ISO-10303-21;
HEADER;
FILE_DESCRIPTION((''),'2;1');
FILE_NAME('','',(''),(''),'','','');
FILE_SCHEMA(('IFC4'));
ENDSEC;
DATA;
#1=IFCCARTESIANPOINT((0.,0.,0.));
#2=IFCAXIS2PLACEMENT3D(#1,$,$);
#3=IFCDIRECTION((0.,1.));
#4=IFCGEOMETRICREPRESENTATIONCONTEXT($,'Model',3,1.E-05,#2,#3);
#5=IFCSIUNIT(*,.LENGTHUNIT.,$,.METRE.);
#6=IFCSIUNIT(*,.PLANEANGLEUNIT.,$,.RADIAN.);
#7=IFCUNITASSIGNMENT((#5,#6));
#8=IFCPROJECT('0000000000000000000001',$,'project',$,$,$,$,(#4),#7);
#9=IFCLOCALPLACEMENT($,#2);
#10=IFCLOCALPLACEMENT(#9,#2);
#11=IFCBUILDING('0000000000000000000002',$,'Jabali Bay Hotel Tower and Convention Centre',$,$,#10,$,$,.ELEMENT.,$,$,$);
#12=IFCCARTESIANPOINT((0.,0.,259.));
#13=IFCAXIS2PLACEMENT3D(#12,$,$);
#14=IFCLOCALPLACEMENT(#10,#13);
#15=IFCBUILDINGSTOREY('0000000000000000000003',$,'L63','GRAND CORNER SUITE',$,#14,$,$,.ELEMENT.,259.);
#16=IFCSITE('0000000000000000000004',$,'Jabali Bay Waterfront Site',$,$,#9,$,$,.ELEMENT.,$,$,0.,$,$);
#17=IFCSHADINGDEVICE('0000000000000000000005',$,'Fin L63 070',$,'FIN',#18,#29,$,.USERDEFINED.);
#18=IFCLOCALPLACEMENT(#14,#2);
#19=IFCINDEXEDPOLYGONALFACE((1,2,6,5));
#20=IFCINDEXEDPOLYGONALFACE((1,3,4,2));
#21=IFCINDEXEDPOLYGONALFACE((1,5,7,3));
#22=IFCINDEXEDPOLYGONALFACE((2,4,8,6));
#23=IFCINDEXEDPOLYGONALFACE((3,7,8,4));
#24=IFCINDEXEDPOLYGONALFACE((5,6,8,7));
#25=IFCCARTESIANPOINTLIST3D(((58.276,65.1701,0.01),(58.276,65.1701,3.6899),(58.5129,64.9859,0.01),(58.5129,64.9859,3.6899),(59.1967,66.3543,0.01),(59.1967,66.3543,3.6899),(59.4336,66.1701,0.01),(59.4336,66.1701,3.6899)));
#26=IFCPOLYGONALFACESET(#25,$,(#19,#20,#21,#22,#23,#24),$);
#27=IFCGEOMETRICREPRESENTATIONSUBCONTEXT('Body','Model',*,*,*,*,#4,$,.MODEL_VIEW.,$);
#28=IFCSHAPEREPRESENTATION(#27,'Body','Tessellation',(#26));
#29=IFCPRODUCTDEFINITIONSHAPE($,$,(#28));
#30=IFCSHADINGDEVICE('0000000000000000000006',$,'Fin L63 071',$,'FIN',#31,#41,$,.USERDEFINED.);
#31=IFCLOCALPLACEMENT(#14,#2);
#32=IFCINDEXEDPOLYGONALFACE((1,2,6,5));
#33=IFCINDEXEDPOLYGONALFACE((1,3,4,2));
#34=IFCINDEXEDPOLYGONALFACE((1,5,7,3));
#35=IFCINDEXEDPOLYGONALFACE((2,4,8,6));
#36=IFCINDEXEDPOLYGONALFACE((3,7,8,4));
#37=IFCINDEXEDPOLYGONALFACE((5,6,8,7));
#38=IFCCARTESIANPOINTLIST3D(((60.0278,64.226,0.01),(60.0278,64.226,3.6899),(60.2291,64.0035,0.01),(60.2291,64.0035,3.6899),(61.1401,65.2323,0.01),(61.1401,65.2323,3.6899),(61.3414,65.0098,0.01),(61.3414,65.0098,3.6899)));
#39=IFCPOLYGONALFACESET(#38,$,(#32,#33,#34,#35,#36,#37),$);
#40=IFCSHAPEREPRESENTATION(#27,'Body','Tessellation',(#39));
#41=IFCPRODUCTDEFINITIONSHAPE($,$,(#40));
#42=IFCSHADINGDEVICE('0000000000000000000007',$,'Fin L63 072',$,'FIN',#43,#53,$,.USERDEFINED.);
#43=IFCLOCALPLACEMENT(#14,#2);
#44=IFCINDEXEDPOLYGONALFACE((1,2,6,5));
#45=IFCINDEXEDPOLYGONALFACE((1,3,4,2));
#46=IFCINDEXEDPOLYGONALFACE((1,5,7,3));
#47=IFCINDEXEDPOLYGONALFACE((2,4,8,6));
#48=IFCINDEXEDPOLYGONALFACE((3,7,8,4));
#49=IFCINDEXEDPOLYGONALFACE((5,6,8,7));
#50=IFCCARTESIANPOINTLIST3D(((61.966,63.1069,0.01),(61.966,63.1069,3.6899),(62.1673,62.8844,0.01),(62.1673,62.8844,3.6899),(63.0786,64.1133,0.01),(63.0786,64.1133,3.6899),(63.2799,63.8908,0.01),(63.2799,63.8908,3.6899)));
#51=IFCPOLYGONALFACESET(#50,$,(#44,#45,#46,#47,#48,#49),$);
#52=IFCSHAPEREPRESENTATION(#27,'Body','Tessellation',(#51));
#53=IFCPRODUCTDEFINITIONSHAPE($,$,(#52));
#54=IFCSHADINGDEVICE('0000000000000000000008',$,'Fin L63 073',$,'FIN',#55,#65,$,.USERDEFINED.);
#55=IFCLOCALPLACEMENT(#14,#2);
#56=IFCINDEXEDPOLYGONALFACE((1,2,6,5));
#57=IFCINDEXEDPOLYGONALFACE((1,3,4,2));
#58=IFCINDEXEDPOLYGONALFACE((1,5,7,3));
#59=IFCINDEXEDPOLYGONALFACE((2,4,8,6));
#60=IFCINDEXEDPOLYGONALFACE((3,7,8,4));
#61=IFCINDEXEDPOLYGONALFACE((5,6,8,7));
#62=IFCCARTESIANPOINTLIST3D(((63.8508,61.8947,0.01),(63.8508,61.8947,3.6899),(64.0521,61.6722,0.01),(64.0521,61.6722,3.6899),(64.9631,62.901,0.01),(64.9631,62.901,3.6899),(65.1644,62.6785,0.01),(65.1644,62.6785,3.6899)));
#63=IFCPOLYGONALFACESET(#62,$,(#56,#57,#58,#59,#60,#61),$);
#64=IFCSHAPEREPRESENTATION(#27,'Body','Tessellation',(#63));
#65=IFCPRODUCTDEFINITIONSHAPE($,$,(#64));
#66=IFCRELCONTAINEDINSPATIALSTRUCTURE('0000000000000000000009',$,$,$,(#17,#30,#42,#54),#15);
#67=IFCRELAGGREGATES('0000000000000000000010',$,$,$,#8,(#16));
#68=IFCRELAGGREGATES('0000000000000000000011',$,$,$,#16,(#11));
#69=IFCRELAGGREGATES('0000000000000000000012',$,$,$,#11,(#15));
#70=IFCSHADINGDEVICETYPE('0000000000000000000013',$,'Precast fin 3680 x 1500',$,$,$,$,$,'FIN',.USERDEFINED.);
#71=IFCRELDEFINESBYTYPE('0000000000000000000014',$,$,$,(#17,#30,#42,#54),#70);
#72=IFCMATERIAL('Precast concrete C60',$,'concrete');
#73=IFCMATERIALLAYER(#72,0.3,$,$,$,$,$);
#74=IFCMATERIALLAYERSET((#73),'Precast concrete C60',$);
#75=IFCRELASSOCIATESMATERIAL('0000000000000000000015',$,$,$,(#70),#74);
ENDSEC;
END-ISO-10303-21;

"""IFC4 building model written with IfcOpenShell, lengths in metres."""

from ifc_helpers import new_model, si_unit, direction, frame, frame_2d, origin, place, context, subcontext, project, spatial, rectangle, extrude, material, layer, layer_set, type_object, element, save


model = new_model("IFC4")

# Units and contexts
model_context = context("Model", 3, precision=1e-05, world=origin(), true_north=direction((0.0, 1.0)))
body_context = subcontext(model_context, "Body", "Model", "MODEL_VIEW")
ifc_project = project(units=[si_unit("LENGTHUNIT", "METRE"), si_unit("PLANEANGLEUNIT", "RADIAN")], contexts=[model_context])

# Site, building, storey
site_placement = place(None, origin())
site = spatial("IfcSite", under=ifc_project, at=site_placement, Name="Jabali Bay Waterfront Site", CompositionType="ELEMENT", RefElevation=0.0)
building_placement = place(site_placement, origin())
building = spatial("IfcBuilding", under=site, at=building_placement, Name="Jabali Bay Hotel Tower and Convention Centre", CompositionType="ELEMENT")
storey_placement = place(building_placement, frame((0.0, 0.0, 259.0)))
storey = spatial("IfcBuildingStorey", under=building, at=storey_placement, Name="L63", Description="GRAND CORNER SUITE", CompositionType="ELEMENT", Elevation=259.0)

# Shading devices
ifc_material_1 = material(Name="Precast concrete C60", Category="concrete")
ifc_layer_1 = layer(ifc_material_1, 0.3)
ifc_layer_set_1 = layer_set([ifc_layer_1], Name="Precast concrete C60")
shading_device_type = type_object("IfcShadingDeviceType", Name="Precast fin 3680 x 1500", ElementType="FIN", PredefinedType="USERDEFINED", material=ifc_layer_set_1)
for number, where, z_axis, x_axis, name in (
    (1, (59.3152, 66.2622, 0.01), (0.0, 0.0, 1.0), (-0.613817, -0.789449, 0.0), "Fin L63 070"),
    (2, (61.2407, 65.1211, 0.01), (0.0, 0.0, 1.0), (-0.741543, -0.670905, 0.0), "Fin L63 071"),
):
    element("IfcShadingDevice", number, at=place(storey_placement, frame(where, z_axis=z_axis, x_axis=x_axis)), inside=storey, type_object=shading_device_type, Name=name, ObjectType="FIN", PredefinedType="USERDEFINED", context=body_context, shape_type="SweptSolid", body=[
        extrude(rectangle(XDim=1.5, YDim=0.3, at=frame_2d((0.75, 0.0))), origin(), (0.0, 0.0, 1.0), 3.6799),
    ])
shading_device_1_placement = place(storey_placement, frame((63.1792, 64.002, 0.01), z_axis=(0.0, 0.0, 1.0), x_axis=(-0.741617, -0.670824, 0.0)))
element("IfcShadingDevice", 3, at=shading_device_1_placement, inside=storey, type_object=shading_device_type, Name="Fin L63 072", ObjectType="FIN", PredefinedType="USERDEFINED", context=body_context, shape_type="SweptSolid", body=[
    extrude(rectangle(XDim=1.5002, YDim=0.3, at=frame_2d((0.75, 0.0))), origin(), (0.0, 0.0, 1.0), 3.6799),
])
shading_device_2_placement = place(storey_placement, frame((65.0637, 62.7898, 0.01), z_axis=(0.0, 0.0, 1.0), x_axis=(-0.741543, -0.670905, 0.0)))
element("IfcShadingDevice", 4, at=shading_device_2_placement, inside=storey, type_object=shading_device_type, Name="Fin L63 073", ObjectType="FIN", PredefinedType="USERDEFINED", context=body_context, shape_type="SweptSolid", body=[
    extrude(rectangle(XDim=1.5, YDim=0.3, at=frame_2d((0.75, 0.0))), origin(), (0.0, 0.0, 1.0), 3.6799),
])

save(model, "model.ifc")
